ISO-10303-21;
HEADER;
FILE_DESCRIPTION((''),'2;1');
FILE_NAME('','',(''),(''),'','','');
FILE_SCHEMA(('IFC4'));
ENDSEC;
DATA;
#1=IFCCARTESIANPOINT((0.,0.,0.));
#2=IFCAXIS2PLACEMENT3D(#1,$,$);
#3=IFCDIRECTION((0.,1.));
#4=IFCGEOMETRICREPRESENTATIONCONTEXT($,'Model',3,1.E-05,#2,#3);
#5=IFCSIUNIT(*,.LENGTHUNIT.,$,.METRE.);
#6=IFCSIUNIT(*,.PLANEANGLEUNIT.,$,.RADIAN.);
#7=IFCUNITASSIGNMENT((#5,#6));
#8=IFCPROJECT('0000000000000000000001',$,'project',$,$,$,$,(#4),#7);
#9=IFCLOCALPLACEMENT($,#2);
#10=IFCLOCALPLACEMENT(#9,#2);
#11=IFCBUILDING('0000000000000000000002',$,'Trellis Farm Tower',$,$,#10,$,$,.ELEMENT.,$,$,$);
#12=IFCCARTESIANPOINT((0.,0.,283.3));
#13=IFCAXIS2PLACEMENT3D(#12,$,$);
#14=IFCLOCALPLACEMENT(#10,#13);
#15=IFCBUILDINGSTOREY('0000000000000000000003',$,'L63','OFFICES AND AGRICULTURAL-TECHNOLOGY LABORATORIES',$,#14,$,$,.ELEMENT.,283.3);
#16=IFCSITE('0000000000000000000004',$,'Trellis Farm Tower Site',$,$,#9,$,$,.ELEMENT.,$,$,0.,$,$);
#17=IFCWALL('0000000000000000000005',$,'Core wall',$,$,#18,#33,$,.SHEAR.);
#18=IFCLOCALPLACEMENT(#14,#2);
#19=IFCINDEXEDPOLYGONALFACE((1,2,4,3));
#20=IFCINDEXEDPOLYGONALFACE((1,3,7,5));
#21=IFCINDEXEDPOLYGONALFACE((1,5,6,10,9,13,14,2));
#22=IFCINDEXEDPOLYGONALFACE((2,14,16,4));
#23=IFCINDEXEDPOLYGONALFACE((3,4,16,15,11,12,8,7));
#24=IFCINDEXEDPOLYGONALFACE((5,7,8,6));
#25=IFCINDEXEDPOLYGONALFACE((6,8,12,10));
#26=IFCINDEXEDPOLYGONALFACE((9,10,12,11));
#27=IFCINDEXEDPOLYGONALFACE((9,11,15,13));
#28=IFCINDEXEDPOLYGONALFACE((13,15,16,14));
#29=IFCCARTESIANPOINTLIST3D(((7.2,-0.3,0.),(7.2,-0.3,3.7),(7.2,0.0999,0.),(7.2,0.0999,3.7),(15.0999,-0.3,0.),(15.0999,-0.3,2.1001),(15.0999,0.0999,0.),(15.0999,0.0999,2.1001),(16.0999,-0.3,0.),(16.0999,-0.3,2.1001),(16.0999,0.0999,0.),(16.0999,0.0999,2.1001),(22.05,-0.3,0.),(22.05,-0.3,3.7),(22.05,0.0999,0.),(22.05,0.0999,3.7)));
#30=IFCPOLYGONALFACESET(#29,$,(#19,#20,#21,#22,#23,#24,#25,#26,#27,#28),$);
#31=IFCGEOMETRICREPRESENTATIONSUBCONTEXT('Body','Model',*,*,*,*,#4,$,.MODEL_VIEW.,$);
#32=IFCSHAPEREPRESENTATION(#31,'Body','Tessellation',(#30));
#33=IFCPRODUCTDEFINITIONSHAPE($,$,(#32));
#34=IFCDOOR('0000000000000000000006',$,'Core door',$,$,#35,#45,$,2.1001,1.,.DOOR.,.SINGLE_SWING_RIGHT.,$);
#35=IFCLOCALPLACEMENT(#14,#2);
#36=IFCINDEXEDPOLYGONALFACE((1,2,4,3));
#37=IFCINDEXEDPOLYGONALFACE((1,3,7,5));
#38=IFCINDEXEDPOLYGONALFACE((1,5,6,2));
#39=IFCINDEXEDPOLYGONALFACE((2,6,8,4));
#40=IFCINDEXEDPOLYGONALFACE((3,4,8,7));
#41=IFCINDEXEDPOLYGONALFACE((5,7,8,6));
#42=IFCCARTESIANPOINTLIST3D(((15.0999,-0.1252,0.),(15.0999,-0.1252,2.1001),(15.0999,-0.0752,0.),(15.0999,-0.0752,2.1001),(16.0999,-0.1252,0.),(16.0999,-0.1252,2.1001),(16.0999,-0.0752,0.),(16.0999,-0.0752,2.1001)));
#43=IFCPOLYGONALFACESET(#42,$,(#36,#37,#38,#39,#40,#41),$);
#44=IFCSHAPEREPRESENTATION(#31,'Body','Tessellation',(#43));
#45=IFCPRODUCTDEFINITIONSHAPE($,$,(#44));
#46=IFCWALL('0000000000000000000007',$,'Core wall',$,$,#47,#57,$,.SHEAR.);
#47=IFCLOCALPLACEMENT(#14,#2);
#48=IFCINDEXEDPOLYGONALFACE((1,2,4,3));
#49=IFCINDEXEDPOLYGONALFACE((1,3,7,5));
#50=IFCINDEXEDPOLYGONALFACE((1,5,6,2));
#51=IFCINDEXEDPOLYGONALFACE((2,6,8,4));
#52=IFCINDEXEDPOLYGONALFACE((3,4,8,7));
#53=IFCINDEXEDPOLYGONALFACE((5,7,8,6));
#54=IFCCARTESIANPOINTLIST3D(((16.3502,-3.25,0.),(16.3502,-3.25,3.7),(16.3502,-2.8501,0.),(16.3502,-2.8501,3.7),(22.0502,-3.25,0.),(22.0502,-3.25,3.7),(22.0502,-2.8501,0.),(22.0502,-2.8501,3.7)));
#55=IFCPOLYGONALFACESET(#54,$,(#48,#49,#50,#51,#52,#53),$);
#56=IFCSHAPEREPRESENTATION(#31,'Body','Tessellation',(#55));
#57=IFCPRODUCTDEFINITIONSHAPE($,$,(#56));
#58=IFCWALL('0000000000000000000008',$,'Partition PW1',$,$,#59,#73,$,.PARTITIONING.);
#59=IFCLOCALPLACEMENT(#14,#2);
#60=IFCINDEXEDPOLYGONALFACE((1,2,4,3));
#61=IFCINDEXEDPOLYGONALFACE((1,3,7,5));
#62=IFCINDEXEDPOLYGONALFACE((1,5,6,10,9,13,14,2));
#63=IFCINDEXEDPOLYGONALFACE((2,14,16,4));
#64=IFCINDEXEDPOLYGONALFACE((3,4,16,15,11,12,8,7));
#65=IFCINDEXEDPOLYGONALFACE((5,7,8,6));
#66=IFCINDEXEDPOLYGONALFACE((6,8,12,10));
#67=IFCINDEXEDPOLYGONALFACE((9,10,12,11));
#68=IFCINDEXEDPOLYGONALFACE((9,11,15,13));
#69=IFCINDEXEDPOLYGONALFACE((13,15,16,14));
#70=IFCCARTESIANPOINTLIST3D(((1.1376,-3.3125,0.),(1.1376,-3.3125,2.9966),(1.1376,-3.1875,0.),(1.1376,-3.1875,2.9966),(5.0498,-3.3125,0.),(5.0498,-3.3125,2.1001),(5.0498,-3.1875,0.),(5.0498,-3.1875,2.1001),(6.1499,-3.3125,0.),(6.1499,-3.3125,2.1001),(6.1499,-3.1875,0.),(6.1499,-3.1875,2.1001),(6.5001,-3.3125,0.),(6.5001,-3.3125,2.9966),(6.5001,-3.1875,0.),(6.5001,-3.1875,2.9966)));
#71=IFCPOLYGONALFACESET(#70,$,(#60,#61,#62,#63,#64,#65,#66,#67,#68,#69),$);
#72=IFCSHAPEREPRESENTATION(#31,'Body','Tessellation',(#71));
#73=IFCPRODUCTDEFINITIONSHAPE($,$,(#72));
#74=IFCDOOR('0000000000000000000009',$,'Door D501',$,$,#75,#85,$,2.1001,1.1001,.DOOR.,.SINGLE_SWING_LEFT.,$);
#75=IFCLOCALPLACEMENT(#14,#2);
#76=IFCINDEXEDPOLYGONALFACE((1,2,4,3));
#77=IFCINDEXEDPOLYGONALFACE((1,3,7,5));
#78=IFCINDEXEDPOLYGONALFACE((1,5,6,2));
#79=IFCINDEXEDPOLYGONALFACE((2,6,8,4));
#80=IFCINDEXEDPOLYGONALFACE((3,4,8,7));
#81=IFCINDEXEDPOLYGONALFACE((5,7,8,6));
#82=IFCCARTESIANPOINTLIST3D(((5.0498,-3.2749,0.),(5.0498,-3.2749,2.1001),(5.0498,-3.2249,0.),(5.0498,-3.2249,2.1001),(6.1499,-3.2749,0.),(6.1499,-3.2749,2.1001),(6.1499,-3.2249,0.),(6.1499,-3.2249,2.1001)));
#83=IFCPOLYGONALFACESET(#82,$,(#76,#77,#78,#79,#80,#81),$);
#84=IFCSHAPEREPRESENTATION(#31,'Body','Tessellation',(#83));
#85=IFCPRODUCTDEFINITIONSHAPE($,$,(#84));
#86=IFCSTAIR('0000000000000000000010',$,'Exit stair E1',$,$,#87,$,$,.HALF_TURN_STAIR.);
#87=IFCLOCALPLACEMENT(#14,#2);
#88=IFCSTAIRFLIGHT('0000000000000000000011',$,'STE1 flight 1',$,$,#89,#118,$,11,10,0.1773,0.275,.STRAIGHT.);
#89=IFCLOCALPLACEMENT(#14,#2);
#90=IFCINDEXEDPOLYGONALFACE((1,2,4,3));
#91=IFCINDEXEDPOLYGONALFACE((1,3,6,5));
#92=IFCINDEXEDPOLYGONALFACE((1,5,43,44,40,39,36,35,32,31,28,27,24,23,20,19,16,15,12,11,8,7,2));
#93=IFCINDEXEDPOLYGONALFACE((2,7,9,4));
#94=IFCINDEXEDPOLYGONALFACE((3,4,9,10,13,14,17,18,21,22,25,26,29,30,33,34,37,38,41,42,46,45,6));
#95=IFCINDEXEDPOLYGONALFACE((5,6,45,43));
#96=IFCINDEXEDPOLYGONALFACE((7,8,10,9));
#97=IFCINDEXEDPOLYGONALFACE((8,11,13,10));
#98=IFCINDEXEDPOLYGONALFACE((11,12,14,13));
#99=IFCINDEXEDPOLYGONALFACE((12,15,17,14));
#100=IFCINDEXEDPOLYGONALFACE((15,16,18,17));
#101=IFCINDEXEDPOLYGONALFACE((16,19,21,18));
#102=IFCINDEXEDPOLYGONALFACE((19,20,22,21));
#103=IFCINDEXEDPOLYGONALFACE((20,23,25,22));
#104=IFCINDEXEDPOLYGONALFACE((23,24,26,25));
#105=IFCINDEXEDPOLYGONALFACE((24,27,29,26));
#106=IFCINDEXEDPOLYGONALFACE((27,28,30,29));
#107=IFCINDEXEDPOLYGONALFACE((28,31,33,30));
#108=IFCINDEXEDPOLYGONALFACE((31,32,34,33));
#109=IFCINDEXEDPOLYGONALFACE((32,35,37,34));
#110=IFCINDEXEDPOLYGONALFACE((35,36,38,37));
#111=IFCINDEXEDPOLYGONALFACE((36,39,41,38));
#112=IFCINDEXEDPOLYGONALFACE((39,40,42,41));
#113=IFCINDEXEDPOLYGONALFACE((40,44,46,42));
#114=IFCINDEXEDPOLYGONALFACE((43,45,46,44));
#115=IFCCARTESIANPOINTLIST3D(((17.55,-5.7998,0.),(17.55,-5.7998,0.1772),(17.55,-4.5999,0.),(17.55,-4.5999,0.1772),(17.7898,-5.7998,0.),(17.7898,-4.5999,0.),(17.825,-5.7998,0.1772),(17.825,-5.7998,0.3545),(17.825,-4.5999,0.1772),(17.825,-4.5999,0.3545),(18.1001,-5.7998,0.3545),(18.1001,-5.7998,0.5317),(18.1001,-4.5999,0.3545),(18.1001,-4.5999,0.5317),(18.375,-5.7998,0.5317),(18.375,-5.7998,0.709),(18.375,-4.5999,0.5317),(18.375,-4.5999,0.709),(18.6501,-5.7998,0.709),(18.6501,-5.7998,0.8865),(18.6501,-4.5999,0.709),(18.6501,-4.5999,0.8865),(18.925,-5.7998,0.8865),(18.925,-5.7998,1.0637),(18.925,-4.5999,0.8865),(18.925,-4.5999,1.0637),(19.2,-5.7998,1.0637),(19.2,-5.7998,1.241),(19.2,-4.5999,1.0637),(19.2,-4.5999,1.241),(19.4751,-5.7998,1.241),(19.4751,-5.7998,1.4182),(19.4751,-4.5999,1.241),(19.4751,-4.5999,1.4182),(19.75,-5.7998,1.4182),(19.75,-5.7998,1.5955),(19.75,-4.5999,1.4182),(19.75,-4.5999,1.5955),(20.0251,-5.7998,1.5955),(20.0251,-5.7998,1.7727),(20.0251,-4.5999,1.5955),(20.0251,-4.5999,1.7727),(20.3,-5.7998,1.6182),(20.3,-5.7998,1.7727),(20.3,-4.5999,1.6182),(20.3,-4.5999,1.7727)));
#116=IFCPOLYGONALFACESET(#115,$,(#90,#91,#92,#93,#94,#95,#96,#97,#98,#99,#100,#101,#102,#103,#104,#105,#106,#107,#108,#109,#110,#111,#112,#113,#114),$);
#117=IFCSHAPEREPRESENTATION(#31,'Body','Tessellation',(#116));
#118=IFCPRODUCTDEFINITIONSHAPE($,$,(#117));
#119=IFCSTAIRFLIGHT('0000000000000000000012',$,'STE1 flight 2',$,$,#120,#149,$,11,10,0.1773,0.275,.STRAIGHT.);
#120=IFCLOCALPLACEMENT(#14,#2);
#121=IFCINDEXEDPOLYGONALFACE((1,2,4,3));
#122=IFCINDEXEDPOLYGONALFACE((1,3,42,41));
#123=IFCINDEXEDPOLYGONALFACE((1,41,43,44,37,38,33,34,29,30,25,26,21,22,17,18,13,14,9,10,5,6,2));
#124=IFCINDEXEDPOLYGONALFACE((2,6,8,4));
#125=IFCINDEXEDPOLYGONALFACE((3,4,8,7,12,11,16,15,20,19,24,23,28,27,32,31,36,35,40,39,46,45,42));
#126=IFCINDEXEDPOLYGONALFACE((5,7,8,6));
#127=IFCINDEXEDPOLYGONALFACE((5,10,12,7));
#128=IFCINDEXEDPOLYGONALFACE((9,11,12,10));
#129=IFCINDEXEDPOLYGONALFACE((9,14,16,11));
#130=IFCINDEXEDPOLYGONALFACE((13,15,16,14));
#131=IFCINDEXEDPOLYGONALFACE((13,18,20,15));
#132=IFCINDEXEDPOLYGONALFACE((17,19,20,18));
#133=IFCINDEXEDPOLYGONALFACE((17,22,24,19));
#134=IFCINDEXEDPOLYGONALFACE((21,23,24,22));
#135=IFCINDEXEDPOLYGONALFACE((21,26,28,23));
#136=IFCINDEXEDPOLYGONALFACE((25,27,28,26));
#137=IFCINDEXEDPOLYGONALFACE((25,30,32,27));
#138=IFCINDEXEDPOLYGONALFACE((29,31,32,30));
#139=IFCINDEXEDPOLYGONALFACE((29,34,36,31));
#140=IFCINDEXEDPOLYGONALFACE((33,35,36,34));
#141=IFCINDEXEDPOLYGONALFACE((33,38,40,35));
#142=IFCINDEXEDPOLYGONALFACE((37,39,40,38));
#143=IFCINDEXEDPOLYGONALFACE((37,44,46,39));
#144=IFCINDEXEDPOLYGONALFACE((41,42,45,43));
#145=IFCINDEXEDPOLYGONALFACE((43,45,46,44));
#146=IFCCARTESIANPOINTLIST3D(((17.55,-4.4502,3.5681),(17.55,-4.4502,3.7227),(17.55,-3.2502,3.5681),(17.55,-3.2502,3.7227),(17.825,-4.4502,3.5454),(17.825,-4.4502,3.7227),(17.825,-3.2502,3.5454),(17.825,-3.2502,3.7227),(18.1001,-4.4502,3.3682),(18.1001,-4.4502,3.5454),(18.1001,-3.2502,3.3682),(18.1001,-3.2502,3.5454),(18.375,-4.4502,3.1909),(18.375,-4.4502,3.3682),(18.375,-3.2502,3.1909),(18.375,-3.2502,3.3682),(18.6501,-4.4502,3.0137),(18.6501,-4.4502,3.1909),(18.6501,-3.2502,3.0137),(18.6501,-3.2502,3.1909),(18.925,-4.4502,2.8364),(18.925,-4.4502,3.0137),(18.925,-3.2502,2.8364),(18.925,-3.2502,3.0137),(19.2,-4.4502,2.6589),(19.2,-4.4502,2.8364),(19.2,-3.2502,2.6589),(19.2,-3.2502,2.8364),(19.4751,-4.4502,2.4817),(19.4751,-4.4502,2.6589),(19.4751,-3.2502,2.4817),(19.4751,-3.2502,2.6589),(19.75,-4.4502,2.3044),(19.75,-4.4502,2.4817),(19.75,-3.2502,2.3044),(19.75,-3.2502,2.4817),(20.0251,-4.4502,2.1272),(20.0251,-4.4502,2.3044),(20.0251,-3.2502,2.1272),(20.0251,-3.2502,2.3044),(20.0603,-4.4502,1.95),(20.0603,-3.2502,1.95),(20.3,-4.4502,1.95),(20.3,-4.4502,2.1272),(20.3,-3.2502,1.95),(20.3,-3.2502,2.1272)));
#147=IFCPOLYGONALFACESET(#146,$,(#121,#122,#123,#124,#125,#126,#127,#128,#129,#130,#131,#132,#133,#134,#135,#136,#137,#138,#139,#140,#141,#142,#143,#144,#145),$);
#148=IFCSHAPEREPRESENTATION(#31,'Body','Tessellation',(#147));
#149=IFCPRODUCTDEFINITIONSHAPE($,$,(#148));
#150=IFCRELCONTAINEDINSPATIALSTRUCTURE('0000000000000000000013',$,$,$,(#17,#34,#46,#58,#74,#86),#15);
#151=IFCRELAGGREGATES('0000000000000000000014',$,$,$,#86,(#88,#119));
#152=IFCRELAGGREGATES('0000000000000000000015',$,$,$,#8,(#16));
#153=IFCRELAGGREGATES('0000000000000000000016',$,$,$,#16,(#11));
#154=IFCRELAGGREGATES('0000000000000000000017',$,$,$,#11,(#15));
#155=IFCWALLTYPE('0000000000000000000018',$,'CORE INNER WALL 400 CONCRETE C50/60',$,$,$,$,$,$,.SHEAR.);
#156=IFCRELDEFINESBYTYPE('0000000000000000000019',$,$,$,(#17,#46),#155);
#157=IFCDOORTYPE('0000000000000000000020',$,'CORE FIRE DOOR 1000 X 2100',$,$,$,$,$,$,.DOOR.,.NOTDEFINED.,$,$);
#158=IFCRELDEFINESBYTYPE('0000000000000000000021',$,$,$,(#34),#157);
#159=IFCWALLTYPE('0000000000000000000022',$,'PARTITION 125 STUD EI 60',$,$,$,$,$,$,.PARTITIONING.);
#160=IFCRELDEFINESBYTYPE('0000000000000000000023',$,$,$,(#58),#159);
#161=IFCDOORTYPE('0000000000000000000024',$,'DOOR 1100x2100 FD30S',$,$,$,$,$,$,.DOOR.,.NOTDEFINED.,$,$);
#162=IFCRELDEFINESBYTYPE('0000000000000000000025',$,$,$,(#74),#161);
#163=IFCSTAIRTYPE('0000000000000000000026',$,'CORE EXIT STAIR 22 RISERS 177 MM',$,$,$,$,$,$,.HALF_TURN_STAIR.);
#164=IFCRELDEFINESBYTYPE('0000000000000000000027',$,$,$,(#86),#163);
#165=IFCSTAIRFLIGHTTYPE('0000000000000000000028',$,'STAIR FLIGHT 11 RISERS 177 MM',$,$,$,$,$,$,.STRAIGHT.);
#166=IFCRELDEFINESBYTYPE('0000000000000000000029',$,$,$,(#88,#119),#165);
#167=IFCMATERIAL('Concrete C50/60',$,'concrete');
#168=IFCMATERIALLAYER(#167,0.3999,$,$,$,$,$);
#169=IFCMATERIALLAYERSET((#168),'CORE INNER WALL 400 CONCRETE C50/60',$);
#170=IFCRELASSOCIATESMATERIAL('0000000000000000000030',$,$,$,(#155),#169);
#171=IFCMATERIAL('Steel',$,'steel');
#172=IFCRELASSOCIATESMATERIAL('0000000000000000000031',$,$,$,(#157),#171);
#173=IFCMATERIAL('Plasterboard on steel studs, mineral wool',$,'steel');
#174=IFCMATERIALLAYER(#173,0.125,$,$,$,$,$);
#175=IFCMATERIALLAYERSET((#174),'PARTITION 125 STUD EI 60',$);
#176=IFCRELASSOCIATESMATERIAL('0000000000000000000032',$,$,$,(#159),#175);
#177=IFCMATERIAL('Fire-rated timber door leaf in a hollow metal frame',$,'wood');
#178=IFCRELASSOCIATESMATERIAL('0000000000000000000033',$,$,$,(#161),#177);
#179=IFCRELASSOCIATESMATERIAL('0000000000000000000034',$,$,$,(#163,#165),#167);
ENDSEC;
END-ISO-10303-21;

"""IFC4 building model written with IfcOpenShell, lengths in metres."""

from ifc_helpers import new_model, si_unit, direction, frame, frame_2d, origin, place, context, subcontext, project, spatial, polyline, rectangle, outline, extrude, source, transform, mapped, material, layer, layer_set, type_object, element, fill, aggregate, save


model = new_model("IFC4")

# Units and contexts
model_context = context("Model", 3, precision=1e-05, world=origin(), true_north=direction((0.0, 1.0)))
body_context = subcontext(model_context, "Body", "Model", "MODEL_VIEW")
ifc_project = project(units=[si_unit("LENGTHUNIT", "METRE"), si_unit("PLANEANGLEUNIT", "RADIAN")], contexts=[model_context])

# Site, building, storey
site_placement = place(None, origin())
site = spatial("IfcSite", under=ifc_project, at=site_placement, Name="Trellis Farm Tower Site", CompositionType="ELEMENT", RefElevation=0.0)
building_placement = place(site_placement, origin())
building = spatial("IfcBuilding", under=site, at=building_placement, Name="Trellis Farm Tower", CompositionType="ELEMENT")
storey_placement = place(building_placement, frame((0.0, 0.0, 283.3)))
storey = spatial("IfcBuildingStorey", under=building, at=storey_placement, Name="L63", Description="OFFICES AND AGRICULTURAL-TECHNOLOGY LABORATORIES", CompositionType="ELEMENT", Elevation=283.3)

# Shared definitions
placement = place(storey_placement, origin())

# Shared definitions
ifc_material_1 = material(Name="Concrete C50/60", Category="concrete")
ifc_layer_1 = layer(ifc_material_1, 0.3999)
ifc_layer_set_1 = layer_set([ifc_layer_1], Name="CORE INNER WALL 400 CONCRETE C50/60")
wall_type_1 = type_object("IfcWallType", Name="CORE INNER WALL 400 CONCRETE C50/60", PredefinedType="SHEAR", material=ifc_layer_set_1)
shared_shape_1 = source(origin(), body_context, "Body", "SweptSolid", [
    extrude(rectangle(XDim=1.0, YDim=2.1001, at=frame_2d((0.5, 1.05))), frame((0.0, 0.21, 0.0), z_axis=(0.0, -1.0, 0.0), x_axis=(1.0, 0.0, 0.0)), (0.0, 0.0, 1.0), 0.4199),
])
ifc_material_2 = material(Name="Steel", Category="steel")
door_type_1 = type_object("IfcDoorType", Name="CORE FIRE DOOR 1000 X 2100", OperationType="NOTDEFINED", PredefinedType="DOOR", material=ifc_material_2)
shared_shape_2 = source(origin(), body_context, "Body", "SweptSolid", [
    extrude(rectangle(XDim=1.0, YDim=2.1001, at=frame_2d((0.5, 1.05))), frame((0.0, 0.0249, 0.0), z_axis=(0.0, -1.0, 0.0), x_axis=(1.0, 0.0, 0.0)), (0.0, 0.0, 1.0), 0.05),
])

# Wall, opening, door
shared_shape_3 = source(origin(), body_context, "Body", "SweptSolid", [
    extrude(rectangle(XDim=14.8501, YDim=0.3999, at=frame_2d((7.425, 0.0))), origin(), (0.0, 0.0, 1.0), 3.7),
])
wall_1_placement = place(storey_placement, frame((7.2, -0.1001, 0.0), z_axis=(0.0, 0.0, 1.0), x_axis=(1.0, 0.0, 0.0)))
wall_1 = element("IfcWall", 1, at=wall_1_placement, inside=storey, type_object=wall_type_1, Name="Core wall", PredefinedType="SHEAR", context=body_context, shape_type="MappedRepresentation", body=[
    mapped(shared_shape_3, transform((0.0, 0.0, 0.0))),
])
opening_1_placement = place(wall_1_placement, frame((7.8999, 0.0, 0.0)))
opening_1 = element("IfcOpeningElement", 2, at=opening_1_placement, cuts=wall_1, PredefinedType="OPENING", context=body_context, shape_type="MappedRepresentation", body=[
    mapped(shared_shape_1, transform((0.0, 0.0, 0.0))),
])
door_1_placement = place(opening_1_placement, origin())
door_1 = element("IfcDoor", 3, at=door_1_placement, inside=storey, type_object=door_type_1, Name="Core door", OperationType="SINGLE_SWING_RIGHT", OverallHeight=2.1001, OverallWidth=1.0, PredefinedType="DOOR", context=body_context, shape_type="MappedRepresentation", body=[
    mapped(shared_shape_2, transform((0.0, 0.0, 0.0))),
])
fill(opening_1, door_1)

# Wall
shared_shape_4 = source(origin(), body_context, "Body", "SweptSolid", [
    extrude(rectangle(XDim=5.7, YDim=0.3999, at=frame_2d((2.8501, 0.0))), origin(), (0.0, 0.0, 1.0), 3.7),
])
wall_2_placement = place(storey_placement, frame((16.3501, -3.05, 0.0), z_axis=(0.0, 0.0, 1.0), x_axis=(1.0, 0.0, 0.0)))
element("IfcWall", 4, at=wall_2_placement, inside=storey, type_object=wall_type_1, Name="Core wall", PredefinedType="SHEAR", context=body_context, shape_type="MappedRepresentation", body=[
    mapped(shared_shape_4, transform((0.0, 0.0, 0.0))),
])

# Wall, opening, door
ifc_material_3 = material(Name="Plasterboard on steel studs, mineral wool", Category="steel")
ifc_layer_2 = layer(ifc_material_3, 0.125)
ifc_layer_set_2 = layer_set([ifc_layer_2], Name="PARTITION 125 STUD EI 60")
wall_type_2 = type_object("IfcWallType", Name="PARTITION 125 STUD EI 60", PredefinedType="PARTITIONING", material=ifc_layer_set_2)
shared_shape_5 = source(origin(), body_context, "Body", "SweptSolid", [
    extrude(rectangle(XDim=5.3625, YDim=0.125, at=frame_2d((2.6812, 0.0))), origin(), (0.0, 0.0, 1.0), 2.9966),
])
wall_3_placement = place(storey_placement, frame((6.5, -3.25, 0.0), z_axis=(0.0, 0.0, 1.0), x_axis=(-1.0, 0.0, 0.0)))
wall_3 = element("IfcWall", 5, at=wall_3_placement, inside=storey, type_object=wall_type_2, Name="Partition PW1", PredefinedType="PARTITIONING", context=body_context, shape_type="MappedRepresentation", body=[
    mapped(shared_shape_5, transform((0.0, 0.0, 0.0))),
])
shared_shape_6 = source(origin(), body_context, "Body", "SweptSolid", [
    extrude(rectangle(XDim=1.1001, YDim=2.1001, at=frame_2d((0.55, 1.05))), frame((0.0, 0.0725, 0.0), z_axis=(0.0, -1.0, 0.0), x_axis=(1.0, 0.0, 0.0)), (0.0, 0.0, 1.0), 0.145),
])
opening_2_placement = place(wall_3_placement, frame((0.3501, 0.0, 0.0)))
opening_2 = element("IfcOpeningElement", 6, at=opening_2_placement, cuts=wall_3, PredefinedType="OPENING", context=body_context, shape_type="MappedRepresentation", body=[
    mapped(shared_shape_6, transform((0.0, 0.0, 0.0))),
])
ifc_material_4 = material(Name="Fire-rated timber door leaf in a hollow metal frame", Category="wood")
door_type_2 = type_object("IfcDoorType", Name="DOOR 1100x2100 FD30S", OperationType="NOTDEFINED", PredefinedType="DOOR", material=ifc_material_4)
shared_shape_7 = source(origin(), body_context, "Body", "SweptSolid", [
    extrude(rectangle(XDim=1.1001, YDim=2.1001, at=frame_2d((0.55, 1.05))), frame((0.0, 0.0249, 0.0), z_axis=(0.0, -1.0, 0.0), x_axis=(1.0, 0.0, 0.0)), (0.0, 0.0, 1.0), 0.05),
])
door_2_placement = place(opening_2_placement, origin())
door_2 = element("IfcDoor", 7, at=door_2_placement, inside=storey, type_object=door_type_2, Name="Door D501", OperationType="SINGLE_SWING_LEFT", OverallHeight=2.1001, OverallWidth=1.1001, PredefinedType="DOOR", context=body_context, shape_type="MappedRepresentation", body=[
    mapped(shared_shape_7, transform((0.0, 0.0, 0.0))),
])
fill(opening_2, door_2)

# Stair, stair flights
stair_type = type_object("IfcStairType", Name="CORE EXIT STAIR 22 RISERS 177 MM", PredefinedType="HALF_TURN_STAIR", material=ifc_material_1)
stair_1 = element("IfcStair", 8, at=placement, inside=storey, type_object=stair_type, Name="Exit stair E1", PredefinedType="HALF_TURN_STAIR")
stair_flight_type = type_object("IfcStairFlightType", Name="STAIR FLIGHT 11 RISERS 177 MM", PredefinedType="STRAIGHT", material=ifc_material_1)
shared_shape_8 = source(origin(), body_context, "Body", "SweptSolid", [
    extrude(outline(polyline([(0.0, 0.0), (0.0, 0.1772), (0.2749, 0.1772), (0.2749, 0.3545), (0.55, 0.3545), (0.55, 0.5317), (0.825, 0.5317), (0.825, 0.709), (1.1001, 0.709), (1.1001, 0.8865), (1.375, 0.8865), (1.375, 1.0637), (1.6499, 1.0637), (1.6499, 1.241), (1.925, 1.241), (1.925, 1.4182), (2.2, 1.4182), (2.2, 1.5955), (2.4751, 1.5955), (2.4751, 1.7727), (2.75, 1.7727), (2.75, 1.95), (2.75, 1.6182), (0.2397, 0.0), (0.0, 0.0)])), frame((0.0, 0.6001, 0.0), z_axis=(0.0, -1.0, 0.0), x_axis=(1.0, 0.0, 0.0)), (0.0, 0.0, 1.0), 1.2),
])
stair_flight_1_placement = place(storey_placement, frame((17.55, -5.2, 0.0), z_axis=(0.0, 0.0, 1.0), x_axis=(1.0, 0.0, 0.0)))
stair_flight_1 = element("IfcStairFlight", 9, at=stair_flight_1_placement, type_object=stair_flight_type, Name="STE1 flight 1", NumberOfRisers=11, NumberOfTreads=10, PredefinedType="STRAIGHT", RiserHeight=0.1773, TreadLength=0.275, context=body_context, shape_type="MappedRepresentation", body=[
    mapped(shared_shape_8, transform((0.0, 0.0, 0.0))),
])
stair_flight_2_placement = place(storey_placement, frame((20.3, -3.8501, 1.95), z_axis=(0.0, 0.0, 1.0), x_axis=(-1.0, 0.0, 0.0)))
stair_flight_2 = element("IfcStairFlight", 10, at=stair_flight_2_placement, type_object=stair_flight_type, Name="STE1 flight 2", NumberOfRisers=11, NumberOfTreads=10, PredefinedType="STRAIGHT", RiserHeight=0.1773, TreadLength=0.275, context=body_context, shape_type="MappedRepresentation", body=[
    mapped(shared_shape_8, transform((0.0, 0.0, 0.0))),
])
aggregate(stair_1, [stair_flight_1, stair_flight_2])

save(model, "model.ifc")
